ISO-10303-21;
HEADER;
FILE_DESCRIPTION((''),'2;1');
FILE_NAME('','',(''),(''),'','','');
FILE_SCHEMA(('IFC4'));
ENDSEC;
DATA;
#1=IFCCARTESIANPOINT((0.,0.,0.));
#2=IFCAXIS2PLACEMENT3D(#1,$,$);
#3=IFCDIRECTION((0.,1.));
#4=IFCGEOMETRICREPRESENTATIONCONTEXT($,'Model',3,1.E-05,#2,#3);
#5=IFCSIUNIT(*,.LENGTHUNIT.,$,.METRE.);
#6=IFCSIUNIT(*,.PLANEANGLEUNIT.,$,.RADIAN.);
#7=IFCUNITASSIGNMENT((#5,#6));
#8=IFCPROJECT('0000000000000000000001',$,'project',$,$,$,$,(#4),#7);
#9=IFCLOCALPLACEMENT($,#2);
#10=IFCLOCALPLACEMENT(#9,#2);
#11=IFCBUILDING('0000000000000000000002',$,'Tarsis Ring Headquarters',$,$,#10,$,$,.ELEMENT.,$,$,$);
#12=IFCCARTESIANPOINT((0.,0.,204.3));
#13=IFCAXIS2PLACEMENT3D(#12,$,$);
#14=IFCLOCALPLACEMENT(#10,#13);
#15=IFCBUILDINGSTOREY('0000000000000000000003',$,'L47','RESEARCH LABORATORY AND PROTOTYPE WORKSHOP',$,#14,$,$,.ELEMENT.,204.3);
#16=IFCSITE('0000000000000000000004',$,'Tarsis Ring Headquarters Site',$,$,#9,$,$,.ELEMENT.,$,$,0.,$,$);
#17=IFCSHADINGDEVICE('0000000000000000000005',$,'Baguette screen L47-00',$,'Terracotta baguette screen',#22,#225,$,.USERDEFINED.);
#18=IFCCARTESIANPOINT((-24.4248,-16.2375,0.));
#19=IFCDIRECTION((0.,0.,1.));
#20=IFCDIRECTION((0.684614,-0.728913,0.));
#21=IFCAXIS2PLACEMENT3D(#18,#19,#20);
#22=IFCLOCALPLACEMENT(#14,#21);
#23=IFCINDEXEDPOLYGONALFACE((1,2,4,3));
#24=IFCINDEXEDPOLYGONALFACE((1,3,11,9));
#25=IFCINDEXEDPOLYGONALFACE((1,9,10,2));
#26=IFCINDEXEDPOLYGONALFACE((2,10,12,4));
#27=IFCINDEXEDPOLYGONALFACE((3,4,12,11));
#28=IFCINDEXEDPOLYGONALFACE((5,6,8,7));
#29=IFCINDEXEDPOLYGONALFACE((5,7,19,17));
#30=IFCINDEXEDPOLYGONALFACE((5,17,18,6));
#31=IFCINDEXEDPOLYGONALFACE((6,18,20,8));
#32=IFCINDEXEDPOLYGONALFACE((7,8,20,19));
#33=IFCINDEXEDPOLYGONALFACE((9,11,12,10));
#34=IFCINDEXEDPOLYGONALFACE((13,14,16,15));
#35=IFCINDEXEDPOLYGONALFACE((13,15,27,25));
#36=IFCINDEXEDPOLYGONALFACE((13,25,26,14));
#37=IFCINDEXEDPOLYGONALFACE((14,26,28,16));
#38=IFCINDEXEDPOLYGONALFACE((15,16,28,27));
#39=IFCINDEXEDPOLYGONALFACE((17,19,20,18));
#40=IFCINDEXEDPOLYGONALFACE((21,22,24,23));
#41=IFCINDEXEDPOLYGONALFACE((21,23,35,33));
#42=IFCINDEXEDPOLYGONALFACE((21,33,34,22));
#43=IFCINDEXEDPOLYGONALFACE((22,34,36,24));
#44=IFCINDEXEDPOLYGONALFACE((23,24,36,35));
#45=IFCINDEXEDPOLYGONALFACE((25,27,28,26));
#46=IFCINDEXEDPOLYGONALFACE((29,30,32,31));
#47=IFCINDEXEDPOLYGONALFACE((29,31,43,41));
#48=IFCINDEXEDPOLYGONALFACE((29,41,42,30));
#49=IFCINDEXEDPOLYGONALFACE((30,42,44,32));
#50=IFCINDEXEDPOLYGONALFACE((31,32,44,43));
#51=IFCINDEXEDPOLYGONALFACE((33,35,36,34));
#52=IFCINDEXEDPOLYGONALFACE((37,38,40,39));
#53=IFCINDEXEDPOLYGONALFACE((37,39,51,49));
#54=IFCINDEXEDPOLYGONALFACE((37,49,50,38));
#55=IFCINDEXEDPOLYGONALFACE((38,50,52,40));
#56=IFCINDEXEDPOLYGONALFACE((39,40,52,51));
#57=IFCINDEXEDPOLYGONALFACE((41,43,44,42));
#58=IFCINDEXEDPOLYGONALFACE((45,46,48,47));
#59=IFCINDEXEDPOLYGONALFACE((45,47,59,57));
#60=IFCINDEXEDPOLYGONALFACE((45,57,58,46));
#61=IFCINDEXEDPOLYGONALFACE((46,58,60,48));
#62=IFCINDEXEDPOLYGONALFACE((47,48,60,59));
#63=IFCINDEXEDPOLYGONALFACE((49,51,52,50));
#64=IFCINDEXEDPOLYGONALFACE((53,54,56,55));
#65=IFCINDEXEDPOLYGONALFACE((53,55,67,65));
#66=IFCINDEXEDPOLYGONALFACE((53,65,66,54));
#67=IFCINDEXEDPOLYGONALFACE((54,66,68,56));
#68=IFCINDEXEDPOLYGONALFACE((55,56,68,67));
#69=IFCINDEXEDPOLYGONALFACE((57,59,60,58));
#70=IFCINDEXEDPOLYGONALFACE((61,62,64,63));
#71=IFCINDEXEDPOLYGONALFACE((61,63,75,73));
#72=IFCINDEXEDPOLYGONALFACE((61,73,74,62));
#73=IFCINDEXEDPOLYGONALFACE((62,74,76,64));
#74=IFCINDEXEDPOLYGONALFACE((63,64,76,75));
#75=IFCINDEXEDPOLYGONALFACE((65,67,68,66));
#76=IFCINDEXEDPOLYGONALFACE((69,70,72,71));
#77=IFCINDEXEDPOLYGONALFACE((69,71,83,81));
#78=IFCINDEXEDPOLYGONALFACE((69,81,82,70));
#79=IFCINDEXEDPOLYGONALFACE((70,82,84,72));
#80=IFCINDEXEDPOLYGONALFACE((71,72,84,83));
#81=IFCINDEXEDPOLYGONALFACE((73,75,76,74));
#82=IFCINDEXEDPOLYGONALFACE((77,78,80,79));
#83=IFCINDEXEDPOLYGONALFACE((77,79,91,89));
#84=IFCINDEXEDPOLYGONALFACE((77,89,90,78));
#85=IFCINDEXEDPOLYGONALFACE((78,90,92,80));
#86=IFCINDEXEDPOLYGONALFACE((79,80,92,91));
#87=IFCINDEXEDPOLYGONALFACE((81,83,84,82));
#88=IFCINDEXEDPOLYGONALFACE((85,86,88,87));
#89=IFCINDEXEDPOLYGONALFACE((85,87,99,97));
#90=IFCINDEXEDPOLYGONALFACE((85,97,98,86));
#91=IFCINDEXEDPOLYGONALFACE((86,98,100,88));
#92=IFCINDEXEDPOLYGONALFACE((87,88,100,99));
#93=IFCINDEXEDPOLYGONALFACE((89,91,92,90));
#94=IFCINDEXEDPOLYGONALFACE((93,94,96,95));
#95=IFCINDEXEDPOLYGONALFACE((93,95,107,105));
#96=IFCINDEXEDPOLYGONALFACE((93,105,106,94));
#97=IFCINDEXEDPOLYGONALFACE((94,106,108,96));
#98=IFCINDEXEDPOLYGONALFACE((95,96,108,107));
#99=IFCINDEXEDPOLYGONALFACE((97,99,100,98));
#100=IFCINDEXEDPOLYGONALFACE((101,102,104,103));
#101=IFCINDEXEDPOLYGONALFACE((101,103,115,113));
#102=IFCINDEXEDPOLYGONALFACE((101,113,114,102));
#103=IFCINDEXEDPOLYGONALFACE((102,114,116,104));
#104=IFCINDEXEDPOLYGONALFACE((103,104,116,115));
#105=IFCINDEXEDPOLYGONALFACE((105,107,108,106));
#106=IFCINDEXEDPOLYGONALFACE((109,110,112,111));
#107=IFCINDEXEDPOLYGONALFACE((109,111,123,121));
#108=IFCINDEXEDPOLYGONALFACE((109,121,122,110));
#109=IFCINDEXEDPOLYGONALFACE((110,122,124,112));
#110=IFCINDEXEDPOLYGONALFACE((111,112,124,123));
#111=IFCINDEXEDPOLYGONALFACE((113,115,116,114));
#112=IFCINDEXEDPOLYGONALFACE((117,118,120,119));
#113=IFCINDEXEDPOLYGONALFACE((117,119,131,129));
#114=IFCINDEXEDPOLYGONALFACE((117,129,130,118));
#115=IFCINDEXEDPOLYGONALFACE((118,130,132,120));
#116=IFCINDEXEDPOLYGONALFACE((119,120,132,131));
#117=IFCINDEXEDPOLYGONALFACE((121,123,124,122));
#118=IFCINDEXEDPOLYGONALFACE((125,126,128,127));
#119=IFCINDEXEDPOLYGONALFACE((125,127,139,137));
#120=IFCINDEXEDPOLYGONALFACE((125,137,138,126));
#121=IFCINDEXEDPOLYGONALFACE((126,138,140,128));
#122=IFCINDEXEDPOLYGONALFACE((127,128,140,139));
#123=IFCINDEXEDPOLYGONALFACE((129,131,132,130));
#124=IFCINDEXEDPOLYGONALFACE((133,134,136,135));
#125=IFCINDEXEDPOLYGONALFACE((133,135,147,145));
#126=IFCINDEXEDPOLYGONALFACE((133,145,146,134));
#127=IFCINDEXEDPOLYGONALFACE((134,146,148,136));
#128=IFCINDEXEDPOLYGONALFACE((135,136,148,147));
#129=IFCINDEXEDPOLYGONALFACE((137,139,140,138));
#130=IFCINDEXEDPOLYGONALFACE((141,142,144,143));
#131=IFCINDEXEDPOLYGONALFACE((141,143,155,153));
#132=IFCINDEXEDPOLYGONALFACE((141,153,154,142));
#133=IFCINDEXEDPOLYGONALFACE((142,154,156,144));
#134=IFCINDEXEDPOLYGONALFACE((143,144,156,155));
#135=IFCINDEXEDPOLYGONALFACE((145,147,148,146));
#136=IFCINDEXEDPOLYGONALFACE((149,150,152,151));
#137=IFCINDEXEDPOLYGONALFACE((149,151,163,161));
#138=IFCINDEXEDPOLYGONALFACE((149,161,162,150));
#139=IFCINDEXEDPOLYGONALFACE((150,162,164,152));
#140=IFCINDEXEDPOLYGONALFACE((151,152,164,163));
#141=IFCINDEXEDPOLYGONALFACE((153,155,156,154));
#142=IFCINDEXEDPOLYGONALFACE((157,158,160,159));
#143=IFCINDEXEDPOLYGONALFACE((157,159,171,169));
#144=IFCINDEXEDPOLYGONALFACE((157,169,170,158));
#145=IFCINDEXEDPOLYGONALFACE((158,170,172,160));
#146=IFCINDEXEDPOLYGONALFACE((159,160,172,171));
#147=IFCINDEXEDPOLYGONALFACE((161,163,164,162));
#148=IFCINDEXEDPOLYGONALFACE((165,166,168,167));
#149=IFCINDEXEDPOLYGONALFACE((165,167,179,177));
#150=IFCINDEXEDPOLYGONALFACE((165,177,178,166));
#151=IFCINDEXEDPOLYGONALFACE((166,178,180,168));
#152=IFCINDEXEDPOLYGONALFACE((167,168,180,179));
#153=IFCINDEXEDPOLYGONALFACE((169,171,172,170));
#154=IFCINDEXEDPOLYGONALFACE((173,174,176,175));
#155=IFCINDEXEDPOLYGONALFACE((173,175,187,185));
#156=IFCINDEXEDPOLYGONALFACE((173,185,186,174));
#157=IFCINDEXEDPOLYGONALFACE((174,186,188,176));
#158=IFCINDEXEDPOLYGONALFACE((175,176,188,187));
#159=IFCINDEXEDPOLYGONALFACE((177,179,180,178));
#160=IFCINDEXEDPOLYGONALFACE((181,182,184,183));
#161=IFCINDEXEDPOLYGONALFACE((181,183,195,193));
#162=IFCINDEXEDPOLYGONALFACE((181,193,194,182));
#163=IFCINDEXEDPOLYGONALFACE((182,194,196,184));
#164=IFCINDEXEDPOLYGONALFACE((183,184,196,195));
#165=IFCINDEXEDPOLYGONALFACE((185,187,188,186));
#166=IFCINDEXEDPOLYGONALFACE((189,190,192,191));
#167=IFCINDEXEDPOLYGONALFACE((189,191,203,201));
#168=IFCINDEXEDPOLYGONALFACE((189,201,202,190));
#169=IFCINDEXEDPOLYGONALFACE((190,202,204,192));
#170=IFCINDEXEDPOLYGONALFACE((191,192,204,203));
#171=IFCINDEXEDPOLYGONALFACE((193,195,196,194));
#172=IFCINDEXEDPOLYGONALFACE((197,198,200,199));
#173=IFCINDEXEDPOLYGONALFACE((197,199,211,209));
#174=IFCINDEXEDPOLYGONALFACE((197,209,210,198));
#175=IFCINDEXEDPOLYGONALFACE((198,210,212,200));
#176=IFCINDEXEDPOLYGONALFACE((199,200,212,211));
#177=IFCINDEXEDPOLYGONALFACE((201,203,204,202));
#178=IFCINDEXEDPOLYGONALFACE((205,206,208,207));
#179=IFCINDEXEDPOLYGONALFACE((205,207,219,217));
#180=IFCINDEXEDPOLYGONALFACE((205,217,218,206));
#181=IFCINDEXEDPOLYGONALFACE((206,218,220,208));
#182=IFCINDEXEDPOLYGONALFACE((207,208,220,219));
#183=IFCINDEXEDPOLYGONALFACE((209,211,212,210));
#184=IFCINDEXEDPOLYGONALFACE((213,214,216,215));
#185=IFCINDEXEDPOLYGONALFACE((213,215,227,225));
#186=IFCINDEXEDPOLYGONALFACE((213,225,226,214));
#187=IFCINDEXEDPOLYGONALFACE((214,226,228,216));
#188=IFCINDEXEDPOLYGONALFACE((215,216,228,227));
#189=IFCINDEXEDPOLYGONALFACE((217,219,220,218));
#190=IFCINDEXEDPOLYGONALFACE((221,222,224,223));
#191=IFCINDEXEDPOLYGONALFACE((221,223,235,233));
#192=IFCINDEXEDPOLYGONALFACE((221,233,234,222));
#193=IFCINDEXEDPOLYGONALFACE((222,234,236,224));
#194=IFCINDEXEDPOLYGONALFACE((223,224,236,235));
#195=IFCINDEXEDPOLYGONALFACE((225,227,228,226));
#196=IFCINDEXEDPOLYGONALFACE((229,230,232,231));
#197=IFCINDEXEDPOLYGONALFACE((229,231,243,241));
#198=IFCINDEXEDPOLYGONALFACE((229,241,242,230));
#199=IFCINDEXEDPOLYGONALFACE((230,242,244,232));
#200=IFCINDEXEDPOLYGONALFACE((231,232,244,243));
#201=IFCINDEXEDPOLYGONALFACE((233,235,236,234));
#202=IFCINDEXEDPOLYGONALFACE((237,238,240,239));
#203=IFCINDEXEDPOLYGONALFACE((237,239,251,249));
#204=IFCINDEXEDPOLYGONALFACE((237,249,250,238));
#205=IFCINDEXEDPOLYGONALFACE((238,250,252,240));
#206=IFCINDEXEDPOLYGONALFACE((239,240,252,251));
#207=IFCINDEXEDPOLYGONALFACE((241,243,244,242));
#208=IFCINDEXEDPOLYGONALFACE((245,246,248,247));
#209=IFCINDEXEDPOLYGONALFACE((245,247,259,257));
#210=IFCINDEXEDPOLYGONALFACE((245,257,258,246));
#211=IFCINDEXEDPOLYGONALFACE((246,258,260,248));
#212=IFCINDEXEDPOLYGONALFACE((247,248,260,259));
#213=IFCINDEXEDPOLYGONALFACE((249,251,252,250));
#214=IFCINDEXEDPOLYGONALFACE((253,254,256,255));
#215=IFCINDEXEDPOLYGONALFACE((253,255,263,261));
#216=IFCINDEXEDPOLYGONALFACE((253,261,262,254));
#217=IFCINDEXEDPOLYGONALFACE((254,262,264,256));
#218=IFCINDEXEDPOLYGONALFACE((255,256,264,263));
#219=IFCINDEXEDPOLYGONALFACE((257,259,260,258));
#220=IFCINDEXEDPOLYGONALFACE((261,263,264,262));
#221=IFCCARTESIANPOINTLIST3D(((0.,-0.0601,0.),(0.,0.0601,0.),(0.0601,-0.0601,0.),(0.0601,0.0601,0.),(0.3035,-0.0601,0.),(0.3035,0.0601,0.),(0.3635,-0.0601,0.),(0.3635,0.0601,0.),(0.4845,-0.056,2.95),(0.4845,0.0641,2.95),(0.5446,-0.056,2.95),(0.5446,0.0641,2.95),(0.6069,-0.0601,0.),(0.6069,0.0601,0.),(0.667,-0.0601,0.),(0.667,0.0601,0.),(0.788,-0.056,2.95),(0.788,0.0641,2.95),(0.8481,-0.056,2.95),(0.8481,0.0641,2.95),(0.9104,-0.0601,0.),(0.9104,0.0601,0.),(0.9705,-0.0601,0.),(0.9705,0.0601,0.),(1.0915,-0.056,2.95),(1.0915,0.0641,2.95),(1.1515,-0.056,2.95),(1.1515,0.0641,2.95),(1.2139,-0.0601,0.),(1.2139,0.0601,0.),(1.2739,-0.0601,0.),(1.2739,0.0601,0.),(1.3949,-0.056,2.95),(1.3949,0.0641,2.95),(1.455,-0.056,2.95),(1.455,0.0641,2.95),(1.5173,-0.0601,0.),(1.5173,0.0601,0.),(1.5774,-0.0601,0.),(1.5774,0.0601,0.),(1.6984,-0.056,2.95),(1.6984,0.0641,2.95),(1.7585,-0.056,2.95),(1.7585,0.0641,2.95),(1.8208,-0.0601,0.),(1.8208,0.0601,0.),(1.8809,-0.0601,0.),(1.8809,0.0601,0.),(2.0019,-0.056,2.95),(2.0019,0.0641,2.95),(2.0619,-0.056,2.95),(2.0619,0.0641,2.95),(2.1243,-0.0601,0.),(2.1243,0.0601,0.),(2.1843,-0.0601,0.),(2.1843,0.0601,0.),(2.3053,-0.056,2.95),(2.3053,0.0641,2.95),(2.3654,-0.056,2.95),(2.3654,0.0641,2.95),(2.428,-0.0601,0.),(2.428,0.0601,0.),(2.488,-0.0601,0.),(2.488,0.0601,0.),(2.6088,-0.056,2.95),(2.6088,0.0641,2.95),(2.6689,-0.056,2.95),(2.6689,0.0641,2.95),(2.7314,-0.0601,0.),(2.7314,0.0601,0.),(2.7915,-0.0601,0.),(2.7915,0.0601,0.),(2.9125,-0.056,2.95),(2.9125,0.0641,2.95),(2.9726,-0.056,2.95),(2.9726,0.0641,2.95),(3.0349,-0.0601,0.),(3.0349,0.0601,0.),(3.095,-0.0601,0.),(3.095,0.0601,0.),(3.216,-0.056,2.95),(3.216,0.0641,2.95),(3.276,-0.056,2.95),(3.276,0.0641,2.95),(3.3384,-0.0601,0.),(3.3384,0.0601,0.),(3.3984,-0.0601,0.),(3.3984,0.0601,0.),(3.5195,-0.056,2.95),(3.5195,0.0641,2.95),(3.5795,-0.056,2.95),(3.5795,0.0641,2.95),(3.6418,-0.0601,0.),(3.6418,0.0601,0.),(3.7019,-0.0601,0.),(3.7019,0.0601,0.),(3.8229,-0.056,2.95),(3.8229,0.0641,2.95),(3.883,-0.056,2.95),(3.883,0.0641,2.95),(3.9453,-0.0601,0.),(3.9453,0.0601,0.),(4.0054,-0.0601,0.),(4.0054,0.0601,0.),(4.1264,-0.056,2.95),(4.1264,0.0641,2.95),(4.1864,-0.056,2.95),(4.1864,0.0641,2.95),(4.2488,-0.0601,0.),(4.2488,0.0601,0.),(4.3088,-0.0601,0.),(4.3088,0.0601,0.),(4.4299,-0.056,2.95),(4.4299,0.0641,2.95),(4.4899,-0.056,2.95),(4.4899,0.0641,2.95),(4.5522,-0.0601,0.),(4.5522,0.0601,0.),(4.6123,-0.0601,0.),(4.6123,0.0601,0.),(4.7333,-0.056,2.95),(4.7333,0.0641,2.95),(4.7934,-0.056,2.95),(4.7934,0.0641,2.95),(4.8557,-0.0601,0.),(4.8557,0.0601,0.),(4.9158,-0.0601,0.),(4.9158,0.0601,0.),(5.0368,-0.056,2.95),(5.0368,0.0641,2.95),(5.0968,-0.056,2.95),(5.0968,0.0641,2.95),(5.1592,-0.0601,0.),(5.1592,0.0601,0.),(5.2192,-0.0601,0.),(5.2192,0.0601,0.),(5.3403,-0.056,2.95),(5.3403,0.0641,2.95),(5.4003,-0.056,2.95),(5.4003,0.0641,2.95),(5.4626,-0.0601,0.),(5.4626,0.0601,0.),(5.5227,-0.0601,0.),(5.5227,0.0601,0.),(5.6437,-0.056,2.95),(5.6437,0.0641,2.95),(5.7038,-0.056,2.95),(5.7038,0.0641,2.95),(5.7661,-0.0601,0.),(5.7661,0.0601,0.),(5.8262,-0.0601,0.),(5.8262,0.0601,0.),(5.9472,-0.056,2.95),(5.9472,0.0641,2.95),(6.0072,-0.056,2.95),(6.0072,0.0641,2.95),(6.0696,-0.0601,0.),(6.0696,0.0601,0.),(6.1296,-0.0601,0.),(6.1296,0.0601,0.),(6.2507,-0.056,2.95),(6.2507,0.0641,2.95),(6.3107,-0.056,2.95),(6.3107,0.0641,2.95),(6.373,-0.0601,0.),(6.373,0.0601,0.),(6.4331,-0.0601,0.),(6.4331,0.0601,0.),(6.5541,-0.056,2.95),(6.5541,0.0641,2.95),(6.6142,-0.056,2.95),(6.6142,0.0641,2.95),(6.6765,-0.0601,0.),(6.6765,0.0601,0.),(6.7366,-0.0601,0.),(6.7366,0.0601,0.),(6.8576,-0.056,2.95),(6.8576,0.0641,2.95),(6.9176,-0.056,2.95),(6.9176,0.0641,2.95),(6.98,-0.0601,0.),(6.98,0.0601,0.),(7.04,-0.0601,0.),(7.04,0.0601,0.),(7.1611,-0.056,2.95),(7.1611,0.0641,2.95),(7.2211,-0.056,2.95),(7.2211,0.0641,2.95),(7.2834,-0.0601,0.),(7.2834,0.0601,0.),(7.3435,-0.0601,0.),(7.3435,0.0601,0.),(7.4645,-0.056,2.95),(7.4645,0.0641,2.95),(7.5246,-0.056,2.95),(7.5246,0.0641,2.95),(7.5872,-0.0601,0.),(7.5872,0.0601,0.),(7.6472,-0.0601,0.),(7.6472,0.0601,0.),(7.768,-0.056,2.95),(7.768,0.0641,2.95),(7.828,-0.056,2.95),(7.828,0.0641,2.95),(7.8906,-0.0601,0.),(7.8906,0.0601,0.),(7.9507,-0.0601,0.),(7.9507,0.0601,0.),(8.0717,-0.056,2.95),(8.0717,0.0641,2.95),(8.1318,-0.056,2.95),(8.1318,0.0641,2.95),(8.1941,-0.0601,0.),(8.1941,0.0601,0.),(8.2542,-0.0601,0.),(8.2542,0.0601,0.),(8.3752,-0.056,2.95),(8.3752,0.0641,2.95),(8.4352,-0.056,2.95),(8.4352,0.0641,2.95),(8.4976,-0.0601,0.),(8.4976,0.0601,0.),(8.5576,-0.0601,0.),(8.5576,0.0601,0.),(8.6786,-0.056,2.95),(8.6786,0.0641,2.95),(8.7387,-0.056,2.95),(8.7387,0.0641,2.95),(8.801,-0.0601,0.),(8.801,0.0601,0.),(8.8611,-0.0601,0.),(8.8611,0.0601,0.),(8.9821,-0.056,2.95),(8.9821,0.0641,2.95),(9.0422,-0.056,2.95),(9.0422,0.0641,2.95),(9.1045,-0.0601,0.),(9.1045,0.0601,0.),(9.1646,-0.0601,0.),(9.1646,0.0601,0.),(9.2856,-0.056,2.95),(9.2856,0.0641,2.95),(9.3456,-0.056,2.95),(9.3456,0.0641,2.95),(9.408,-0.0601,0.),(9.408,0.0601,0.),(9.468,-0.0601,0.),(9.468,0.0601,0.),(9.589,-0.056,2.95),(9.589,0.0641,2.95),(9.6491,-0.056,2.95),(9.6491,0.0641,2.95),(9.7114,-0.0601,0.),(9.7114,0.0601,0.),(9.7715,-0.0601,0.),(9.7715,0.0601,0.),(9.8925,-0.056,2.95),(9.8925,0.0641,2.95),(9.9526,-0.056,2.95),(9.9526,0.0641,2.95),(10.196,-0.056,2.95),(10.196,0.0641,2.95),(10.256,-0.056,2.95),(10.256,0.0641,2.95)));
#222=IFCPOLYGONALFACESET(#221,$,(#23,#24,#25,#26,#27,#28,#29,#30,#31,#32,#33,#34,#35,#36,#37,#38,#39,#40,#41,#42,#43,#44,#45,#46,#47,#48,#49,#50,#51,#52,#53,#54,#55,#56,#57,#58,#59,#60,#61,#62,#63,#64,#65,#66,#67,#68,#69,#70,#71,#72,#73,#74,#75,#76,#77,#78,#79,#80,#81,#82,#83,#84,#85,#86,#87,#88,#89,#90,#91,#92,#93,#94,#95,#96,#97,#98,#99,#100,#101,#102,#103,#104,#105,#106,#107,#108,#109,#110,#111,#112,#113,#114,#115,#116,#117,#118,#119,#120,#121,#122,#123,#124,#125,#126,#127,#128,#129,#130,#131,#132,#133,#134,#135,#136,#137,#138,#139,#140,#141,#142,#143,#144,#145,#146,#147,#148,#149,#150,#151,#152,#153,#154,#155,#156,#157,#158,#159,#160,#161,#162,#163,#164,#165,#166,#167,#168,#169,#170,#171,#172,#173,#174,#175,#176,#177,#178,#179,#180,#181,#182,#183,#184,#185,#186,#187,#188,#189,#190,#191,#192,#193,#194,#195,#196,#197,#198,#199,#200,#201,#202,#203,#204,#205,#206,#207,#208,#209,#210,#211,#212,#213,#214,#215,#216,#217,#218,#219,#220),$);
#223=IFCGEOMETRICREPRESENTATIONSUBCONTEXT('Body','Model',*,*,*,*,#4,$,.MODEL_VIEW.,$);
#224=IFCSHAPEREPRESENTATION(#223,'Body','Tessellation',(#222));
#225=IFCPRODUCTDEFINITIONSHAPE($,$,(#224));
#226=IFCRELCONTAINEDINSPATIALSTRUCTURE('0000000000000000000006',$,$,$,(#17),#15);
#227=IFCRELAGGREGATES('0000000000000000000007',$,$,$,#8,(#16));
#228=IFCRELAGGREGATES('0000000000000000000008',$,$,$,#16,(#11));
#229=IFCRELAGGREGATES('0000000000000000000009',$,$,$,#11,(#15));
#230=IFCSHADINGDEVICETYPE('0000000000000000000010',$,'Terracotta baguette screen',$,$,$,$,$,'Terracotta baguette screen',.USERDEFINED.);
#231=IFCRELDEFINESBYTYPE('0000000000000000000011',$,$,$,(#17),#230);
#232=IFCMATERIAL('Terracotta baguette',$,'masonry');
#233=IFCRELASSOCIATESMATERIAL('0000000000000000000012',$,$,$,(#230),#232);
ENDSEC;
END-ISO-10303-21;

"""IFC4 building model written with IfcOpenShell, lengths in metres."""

from ifc_helpers import new_model, si_unit, direction, frame, frame_2d, origin, place, context, subcontext, project, spatial, rectangle, composite_profile, extrude, material, type_object, element, save


model = new_model("IFC4")

# Units and contexts
model_context = context("Model", 3, precision=1e-05, world=origin(), true_north=direction((0.0, 1.0)))
body_context = subcontext(model_context, "Body", "Model", "MODEL_VIEW")
ifc_project = project(units=[si_unit("LENGTHUNIT", "METRE"), si_unit("PLANEANGLEUNIT", "RADIAN")], contexts=[model_context])

# Site, building, storey
site_placement = place(None, origin())
site = spatial("IfcSite", under=ifc_project, at=site_placement, Name="Tarsis Ring Headquarters Site", CompositionType="ELEMENT", RefElevation=0.0)
building_placement = place(site_placement, origin())
building = spatial("IfcBuilding", under=site, at=building_placement, Name="Tarsis Ring Headquarters", CompositionType="ELEMENT")
storey_placement = place(building_placement, frame((0.0, 0.0, 204.3)))
storey = spatial("IfcBuildingStorey", under=building, at=storey_placement, Name="L47", Description="RESEARCH LABORATORY AND PROTOTYPE WORKSHOP", CompositionType="ELEMENT", Elevation=204.3)

# Shading device
ifc_material_1 = material(Name="Terracotta baguette", Category="masonry")
shading_device_type = type_object("IfcShadingDeviceType", Name="Terracotta baguette screen", ElementType="Terracotta baguette screen", PredefinedType="USERDEFINED", material=ifc_material_1)
shading_device_1_placement = place(storey_placement, frame((-24.4248, -16.2375, 0.0), z_axis=(0.0, 0.0, 1.0), x_axis=(0.684614, -0.728913, 0.0)))
element("IfcShadingDevice", 1, at=shading_device_1_placement, inside=storey, type_object=shading_device_type, Name="Baguette screen L47-00", ObjectType="Terracotta baguette screen", PredefinedType="USERDEFINED", context=body_context, shape_type="SweptSolid", body=[
    extrude(composite_profile([rectangle(XDim=0.0601, YDim=0.1201, at=frame_2d((0.03, 0.0))), rectangle(XDim=0.0601, YDim=0.1201, at=frame_2d((0.3335, 0.0))), rectangle(XDim=0.0601, YDim=0.1201, at=frame_2d((0.637, 0.0))), rectangle(XDim=0.0601, YDim=0.1201, at=frame_2d((0.9404, 0.0))), rectangle(XDim=0.0601, YDim=0.1201, at=frame_2d((1.2439, 0.0))), rectangle(XDim=0.0601, YDim=0.1201, at=frame_2d((1.5474, 0.0))), rectangle(XDim=0.0601, YDim=0.1201, at=frame_2d((1.8508, 0.0))), rectangle(XDim=0.0601, YDim=0.1201, at=frame_2d((2.1543, 0.0))), rectangle(XDim=0.0601, YDim=0.1201, at=frame_2d((2.458, 0.0))), rectangle(XDim=0.0601, YDim=0.1201, at=frame_2d((2.7615, 0.0))), rectangle(XDim=0.0601, YDim=0.1201, at=frame_2d((3.0649, 0.0))), rectangle(XDim=0.0601, YDim=0.1201, at=frame_2d((3.3684, 0.0))), rectangle(XDim=0.0601, YDim=0.1201, at=frame_2d((3.6719, 0.0))), rectangle(XDim=0.0601, YDim=0.1201, at=frame_2d((3.9753, 0.0))), rectangle(XDim=0.0601, YDim=0.1201, at=frame_2d((4.2788, 0.0))), rectangle(XDim=0.0601, YDim=0.1201, at=frame_2d((4.5823, 0.0))), rectangle(XDim=0.0601, YDim=0.1201, at=frame_2d((4.8857, 0.0))), rectangle(XDim=0.0601, YDim=0.1201, at=frame_2d((5.1892, 0.0))), rectangle(XDim=0.0601, YDim=0.1201, at=frame_2d((5.4927, 0.0))), rectangle(XDim=0.0601, YDim=0.1201, at=frame_2d((5.7961, 0.0))), rectangle(XDim=0.0601, YDim=0.1201, at=frame_2d((6.0996, 0.0))), rectangle(XDim=0.0601, YDim=0.1201, at=frame_2d((6.4031, 0.0))), rectangle(XDim=0.0601, YDim=0.1201, at=frame_2d((6.7065, 0.0))), rectangle(XDim=0.0601, YDim=0.1201, at=frame_2d((7.01, 0.0))), rectangle(XDim=0.0601, YDim=0.1201, at=frame_2d((7.3135, 0.0))), rectangle(XDim=0.0601, YDim=0.1201, at=frame_2d((7.6172, 0.0))), rectangle(XDim=0.0601, YDim=0.1201, at=frame_2d((7.9207, 0.0))), rectangle(XDim=0.0601, YDim=0.1201, at=frame_2d((8.2241, 0.0))), rectangle(XDim=0.0601, YDim=0.1201, at=frame_2d((8.5276, 0.0))), rectangle(XDim=0.0601, YDim=0.1201, at=frame_2d((8.8311, 0.0))), rectangle(XDim=0.0601, YDim=0.1201, at=frame_2d((9.1345, 0.0))), rectangle(XDim=0.0601, YDim=0.1201, at=frame_2d((9.438, 0.0))), rectangle(XDim=0.0601, YDim=0.1201, at=frame_2d((9.7415, 0.0)))]), origin(), (0.16208, 0.001358, 0.986777), 2.9895),
])

save(model, "model.ifc")
